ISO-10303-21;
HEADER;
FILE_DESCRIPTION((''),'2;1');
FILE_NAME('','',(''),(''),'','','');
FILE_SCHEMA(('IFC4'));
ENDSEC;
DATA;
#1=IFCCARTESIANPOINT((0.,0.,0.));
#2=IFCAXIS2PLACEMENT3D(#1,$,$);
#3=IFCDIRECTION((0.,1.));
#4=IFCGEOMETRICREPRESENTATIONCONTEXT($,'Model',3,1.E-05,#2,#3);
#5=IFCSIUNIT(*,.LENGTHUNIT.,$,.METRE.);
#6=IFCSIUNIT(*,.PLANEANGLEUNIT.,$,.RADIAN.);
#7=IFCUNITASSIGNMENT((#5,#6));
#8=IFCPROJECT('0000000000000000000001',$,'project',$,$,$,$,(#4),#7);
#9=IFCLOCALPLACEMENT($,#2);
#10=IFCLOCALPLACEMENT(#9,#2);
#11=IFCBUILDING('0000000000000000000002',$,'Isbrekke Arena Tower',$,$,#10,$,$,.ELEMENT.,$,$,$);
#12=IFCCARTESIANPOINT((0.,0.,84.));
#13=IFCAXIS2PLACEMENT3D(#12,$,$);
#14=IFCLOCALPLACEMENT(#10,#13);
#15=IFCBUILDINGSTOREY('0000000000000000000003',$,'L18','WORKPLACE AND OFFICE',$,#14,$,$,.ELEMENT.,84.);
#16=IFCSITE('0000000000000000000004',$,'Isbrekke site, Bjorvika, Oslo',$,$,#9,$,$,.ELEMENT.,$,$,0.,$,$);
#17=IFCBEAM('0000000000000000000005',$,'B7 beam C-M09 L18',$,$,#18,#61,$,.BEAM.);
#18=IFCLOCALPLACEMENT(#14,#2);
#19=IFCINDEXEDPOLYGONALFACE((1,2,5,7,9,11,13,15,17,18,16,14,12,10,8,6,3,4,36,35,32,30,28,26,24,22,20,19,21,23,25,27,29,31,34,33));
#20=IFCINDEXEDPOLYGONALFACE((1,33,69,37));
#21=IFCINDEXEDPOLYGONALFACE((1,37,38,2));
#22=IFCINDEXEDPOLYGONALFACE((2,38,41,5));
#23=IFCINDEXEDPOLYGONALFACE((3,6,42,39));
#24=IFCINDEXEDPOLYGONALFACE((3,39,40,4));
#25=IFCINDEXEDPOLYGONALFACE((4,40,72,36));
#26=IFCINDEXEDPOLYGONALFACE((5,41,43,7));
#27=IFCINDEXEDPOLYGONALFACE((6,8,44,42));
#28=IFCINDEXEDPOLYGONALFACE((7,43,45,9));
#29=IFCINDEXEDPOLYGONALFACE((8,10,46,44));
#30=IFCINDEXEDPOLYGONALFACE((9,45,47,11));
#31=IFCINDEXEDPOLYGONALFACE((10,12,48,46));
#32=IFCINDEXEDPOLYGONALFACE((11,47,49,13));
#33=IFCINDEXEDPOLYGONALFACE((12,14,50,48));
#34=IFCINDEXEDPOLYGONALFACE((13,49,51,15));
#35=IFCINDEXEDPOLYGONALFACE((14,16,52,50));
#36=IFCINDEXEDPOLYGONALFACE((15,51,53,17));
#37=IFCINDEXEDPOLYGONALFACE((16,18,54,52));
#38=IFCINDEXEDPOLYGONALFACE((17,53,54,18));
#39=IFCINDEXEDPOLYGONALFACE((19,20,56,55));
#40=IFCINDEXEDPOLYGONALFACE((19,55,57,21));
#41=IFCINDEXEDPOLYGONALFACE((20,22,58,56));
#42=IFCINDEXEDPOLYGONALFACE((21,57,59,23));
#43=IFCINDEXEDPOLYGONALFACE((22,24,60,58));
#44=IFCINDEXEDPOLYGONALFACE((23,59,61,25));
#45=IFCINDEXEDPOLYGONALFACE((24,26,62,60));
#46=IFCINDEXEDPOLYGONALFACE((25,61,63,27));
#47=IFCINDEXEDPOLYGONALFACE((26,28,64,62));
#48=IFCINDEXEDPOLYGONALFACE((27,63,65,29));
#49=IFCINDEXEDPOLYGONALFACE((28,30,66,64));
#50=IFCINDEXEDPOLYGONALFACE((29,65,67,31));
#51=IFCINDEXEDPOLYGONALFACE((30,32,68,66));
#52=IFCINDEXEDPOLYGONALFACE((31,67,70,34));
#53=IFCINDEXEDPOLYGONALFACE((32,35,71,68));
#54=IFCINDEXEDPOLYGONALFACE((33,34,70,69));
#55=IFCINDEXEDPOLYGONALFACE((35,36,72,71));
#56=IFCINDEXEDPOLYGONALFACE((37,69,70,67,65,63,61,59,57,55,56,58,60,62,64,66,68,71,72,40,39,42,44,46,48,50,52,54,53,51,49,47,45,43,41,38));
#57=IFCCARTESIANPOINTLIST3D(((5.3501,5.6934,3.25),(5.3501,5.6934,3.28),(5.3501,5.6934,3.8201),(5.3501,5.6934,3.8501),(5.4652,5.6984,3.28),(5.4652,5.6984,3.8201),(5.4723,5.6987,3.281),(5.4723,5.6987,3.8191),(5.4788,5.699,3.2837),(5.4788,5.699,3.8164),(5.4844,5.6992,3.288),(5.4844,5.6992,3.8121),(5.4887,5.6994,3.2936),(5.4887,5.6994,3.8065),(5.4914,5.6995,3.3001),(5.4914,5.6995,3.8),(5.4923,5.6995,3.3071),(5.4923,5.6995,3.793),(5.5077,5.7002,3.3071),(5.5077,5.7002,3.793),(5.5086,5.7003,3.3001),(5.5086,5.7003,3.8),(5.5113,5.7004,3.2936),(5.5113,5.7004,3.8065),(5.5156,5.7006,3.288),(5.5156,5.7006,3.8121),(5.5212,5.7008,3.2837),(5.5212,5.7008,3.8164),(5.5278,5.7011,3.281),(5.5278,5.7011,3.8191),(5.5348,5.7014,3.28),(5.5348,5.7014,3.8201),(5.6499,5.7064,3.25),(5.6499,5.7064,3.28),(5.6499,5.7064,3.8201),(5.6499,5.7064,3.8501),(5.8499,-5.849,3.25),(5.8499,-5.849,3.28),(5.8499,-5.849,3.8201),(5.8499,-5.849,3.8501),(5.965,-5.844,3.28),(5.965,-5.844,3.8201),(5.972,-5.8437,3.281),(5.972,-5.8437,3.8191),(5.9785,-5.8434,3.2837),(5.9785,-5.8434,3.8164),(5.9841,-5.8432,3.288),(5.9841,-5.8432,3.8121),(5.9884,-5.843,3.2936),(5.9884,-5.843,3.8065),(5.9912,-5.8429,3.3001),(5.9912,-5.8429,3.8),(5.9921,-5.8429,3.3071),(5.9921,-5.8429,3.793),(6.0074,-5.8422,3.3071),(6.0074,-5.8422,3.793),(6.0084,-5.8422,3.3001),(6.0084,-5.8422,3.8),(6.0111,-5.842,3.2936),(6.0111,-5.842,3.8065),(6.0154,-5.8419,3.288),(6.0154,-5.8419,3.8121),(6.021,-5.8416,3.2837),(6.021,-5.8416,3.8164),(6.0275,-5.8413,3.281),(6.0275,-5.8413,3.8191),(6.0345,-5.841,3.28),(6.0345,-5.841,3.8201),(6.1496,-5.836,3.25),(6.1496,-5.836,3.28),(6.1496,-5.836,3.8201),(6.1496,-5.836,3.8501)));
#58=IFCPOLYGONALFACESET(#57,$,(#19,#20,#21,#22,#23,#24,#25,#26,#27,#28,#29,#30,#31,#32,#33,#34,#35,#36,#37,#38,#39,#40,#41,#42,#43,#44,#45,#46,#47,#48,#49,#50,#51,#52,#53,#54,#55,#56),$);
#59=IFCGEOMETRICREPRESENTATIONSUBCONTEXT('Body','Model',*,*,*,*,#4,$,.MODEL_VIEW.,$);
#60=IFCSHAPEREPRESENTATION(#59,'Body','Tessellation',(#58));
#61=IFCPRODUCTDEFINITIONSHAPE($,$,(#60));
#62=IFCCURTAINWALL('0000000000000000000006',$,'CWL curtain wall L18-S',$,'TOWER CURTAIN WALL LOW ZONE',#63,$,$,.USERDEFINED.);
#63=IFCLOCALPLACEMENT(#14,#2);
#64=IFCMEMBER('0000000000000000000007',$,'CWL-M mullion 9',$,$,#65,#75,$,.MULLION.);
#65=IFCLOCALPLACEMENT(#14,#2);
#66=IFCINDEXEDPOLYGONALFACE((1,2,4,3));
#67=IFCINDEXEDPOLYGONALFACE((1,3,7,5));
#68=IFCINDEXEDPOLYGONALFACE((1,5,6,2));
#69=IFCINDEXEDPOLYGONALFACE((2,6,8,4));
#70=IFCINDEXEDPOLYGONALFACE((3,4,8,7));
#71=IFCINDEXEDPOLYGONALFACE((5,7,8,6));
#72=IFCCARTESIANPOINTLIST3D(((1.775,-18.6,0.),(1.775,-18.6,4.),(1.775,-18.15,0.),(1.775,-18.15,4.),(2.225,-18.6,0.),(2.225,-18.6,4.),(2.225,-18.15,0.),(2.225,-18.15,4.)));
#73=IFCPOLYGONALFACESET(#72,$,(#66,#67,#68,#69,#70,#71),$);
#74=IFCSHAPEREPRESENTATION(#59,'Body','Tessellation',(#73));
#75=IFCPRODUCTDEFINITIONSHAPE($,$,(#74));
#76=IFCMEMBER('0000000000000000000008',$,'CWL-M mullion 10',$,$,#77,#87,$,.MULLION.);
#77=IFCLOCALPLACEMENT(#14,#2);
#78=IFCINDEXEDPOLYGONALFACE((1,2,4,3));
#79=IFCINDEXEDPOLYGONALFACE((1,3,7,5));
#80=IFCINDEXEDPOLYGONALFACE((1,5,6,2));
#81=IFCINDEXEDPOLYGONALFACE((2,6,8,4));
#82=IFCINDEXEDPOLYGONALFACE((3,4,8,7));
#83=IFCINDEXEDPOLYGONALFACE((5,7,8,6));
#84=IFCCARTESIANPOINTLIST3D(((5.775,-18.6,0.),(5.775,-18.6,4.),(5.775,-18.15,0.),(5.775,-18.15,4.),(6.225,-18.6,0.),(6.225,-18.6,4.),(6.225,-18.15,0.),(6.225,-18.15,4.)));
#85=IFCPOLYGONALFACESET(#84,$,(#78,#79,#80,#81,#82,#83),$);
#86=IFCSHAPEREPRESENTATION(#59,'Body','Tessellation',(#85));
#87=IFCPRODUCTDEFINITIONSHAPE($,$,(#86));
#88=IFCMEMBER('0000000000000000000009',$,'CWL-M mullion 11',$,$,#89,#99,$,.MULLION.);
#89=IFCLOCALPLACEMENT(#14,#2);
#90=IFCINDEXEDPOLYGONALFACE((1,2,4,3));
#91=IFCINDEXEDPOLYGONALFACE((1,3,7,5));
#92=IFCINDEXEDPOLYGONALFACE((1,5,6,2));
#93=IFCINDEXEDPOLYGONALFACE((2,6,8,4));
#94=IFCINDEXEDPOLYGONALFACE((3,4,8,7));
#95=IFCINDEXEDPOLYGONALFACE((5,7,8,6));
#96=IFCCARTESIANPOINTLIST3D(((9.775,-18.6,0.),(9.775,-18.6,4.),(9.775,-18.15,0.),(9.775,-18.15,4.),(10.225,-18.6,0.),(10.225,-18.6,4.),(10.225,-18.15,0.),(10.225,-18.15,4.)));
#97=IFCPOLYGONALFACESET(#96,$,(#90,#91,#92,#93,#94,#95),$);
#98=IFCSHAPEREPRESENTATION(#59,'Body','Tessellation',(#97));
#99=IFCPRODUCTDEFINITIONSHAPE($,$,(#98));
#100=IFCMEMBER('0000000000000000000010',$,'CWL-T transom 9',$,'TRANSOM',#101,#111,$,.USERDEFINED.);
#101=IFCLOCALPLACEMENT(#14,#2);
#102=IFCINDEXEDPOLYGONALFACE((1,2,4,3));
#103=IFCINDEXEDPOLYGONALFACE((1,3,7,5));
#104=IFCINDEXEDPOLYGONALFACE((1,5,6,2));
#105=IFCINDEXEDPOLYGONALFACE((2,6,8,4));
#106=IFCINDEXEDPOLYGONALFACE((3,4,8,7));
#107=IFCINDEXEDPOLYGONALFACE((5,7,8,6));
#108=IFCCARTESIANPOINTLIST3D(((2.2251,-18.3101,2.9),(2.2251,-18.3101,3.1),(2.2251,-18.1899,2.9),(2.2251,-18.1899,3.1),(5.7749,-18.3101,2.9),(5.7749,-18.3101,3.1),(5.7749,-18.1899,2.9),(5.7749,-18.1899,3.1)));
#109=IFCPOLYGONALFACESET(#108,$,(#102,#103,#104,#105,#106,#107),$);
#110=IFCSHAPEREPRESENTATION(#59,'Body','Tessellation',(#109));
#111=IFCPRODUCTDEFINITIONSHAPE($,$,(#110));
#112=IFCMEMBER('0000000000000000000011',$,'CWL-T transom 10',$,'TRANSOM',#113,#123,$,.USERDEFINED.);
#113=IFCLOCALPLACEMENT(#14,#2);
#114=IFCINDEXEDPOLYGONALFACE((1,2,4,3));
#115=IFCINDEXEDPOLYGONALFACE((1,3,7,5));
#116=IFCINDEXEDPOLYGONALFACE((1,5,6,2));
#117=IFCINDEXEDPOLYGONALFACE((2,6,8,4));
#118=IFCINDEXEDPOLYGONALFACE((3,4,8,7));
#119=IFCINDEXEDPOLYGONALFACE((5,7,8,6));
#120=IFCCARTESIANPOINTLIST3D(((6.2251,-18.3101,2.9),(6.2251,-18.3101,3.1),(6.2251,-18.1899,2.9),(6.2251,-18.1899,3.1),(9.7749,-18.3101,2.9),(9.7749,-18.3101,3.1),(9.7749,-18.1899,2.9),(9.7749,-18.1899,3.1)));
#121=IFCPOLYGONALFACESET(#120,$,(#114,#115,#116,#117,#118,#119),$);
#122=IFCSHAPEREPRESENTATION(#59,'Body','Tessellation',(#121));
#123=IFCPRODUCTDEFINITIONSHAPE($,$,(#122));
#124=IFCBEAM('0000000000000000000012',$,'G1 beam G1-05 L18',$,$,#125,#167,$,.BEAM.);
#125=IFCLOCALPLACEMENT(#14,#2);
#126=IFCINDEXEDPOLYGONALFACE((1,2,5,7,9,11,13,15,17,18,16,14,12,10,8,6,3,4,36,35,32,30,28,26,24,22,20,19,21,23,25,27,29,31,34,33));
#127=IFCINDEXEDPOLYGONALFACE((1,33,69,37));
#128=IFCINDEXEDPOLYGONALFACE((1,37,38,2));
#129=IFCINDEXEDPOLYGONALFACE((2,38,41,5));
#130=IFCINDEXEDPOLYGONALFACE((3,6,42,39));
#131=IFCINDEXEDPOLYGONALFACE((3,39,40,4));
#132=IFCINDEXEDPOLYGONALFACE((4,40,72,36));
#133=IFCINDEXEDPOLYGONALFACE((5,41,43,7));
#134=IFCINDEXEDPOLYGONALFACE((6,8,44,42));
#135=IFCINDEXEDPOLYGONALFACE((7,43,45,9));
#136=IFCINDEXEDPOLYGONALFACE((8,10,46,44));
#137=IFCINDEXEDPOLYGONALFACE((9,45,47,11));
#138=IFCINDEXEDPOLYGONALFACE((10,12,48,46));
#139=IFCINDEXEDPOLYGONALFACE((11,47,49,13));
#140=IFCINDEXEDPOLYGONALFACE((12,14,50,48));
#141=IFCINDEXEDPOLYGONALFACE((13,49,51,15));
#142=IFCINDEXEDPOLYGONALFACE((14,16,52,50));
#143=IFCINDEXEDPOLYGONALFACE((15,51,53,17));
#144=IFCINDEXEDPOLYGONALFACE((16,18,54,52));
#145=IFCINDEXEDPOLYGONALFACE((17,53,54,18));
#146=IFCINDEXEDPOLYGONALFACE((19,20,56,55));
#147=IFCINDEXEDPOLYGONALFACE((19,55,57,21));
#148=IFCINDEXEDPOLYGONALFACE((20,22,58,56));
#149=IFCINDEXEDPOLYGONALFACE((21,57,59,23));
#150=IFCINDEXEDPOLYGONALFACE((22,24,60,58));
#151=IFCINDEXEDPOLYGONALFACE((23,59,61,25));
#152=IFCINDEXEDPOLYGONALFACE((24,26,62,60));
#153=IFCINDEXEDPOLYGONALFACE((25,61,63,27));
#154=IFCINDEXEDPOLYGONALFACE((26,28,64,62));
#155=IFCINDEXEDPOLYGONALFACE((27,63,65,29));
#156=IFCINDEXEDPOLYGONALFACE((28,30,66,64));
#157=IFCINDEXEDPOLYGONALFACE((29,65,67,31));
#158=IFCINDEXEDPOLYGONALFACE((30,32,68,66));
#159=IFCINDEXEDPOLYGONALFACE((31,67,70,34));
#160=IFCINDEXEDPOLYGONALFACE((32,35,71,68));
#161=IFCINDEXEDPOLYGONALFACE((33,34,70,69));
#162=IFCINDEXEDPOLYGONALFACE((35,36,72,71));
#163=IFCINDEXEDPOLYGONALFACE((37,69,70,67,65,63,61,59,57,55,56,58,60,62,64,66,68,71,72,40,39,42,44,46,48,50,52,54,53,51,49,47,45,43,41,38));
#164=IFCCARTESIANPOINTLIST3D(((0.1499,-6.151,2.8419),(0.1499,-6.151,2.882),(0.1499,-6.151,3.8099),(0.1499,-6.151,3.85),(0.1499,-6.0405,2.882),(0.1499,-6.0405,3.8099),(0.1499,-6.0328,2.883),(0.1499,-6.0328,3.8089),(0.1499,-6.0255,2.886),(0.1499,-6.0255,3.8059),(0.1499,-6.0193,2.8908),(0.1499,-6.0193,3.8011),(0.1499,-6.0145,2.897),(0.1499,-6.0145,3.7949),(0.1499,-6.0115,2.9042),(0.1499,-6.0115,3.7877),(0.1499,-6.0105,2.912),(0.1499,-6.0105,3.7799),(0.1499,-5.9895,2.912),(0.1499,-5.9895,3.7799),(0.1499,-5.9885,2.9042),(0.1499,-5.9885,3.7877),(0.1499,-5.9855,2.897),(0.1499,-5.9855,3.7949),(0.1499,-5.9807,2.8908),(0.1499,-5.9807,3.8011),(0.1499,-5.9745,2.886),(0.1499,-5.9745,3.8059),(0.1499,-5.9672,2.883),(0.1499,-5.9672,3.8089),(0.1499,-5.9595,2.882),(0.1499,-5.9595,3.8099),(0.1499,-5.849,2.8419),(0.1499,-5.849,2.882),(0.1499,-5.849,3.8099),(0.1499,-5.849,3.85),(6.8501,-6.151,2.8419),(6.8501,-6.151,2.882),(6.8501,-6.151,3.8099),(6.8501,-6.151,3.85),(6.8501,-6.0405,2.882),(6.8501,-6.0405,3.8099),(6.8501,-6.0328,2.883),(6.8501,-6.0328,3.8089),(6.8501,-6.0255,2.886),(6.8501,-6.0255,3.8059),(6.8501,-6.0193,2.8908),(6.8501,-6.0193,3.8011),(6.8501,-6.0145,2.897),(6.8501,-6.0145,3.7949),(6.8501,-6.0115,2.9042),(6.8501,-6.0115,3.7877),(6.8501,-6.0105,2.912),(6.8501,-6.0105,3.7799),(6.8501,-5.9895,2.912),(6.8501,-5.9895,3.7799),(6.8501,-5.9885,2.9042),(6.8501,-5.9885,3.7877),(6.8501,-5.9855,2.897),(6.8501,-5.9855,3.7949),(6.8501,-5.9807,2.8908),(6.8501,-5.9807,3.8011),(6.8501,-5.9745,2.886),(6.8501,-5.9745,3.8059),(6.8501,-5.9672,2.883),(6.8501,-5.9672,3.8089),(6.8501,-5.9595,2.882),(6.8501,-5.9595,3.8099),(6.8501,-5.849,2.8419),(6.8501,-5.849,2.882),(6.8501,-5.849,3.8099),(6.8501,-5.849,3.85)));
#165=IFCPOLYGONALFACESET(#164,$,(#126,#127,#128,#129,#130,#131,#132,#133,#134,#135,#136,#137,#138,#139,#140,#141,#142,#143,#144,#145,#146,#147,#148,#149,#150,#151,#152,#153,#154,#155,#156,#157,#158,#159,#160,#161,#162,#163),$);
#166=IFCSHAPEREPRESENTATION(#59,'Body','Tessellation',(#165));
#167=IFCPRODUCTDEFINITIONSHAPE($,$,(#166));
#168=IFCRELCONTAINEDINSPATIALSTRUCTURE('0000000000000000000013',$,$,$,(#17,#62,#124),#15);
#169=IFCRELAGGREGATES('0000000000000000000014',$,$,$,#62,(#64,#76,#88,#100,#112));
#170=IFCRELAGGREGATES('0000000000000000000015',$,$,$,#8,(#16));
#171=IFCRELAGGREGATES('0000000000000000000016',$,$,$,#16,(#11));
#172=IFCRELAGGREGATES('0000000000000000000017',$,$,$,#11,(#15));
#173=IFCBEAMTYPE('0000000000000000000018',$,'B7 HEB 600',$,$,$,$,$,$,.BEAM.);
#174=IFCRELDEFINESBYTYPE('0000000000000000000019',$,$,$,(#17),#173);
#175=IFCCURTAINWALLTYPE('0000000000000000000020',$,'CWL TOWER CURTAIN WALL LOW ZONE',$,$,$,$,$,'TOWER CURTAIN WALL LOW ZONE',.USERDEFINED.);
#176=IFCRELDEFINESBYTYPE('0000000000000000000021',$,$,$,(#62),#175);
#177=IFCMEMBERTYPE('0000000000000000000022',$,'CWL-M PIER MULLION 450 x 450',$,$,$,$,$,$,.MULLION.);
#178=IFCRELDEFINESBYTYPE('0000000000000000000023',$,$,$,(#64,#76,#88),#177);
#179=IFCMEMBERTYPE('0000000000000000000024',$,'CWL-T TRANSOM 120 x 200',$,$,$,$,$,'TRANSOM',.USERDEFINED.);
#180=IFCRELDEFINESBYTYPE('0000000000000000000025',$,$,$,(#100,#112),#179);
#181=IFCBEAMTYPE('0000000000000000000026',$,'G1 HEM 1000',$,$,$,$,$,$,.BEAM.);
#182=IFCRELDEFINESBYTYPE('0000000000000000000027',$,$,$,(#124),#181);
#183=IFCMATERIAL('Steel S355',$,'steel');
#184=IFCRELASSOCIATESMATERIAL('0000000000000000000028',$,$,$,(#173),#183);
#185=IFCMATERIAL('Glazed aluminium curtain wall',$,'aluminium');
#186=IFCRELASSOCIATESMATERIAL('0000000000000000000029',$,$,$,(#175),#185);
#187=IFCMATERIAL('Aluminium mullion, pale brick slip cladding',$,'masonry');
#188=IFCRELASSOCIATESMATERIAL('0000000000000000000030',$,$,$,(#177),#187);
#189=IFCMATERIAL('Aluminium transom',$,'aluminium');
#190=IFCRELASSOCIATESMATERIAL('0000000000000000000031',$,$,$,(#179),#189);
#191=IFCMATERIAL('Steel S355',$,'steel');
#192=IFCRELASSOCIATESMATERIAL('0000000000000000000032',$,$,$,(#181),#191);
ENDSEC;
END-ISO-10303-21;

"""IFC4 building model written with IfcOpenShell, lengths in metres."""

from ifc_helpers import new_model, si_unit, direction, frame, origin, origin_2d, place, context, subcontext, project, spatial, rectangle, i_section, extrude, material, material_profile, profile_set, type_object, element, aggregate, save


model = new_model("IFC4")

# Units and contexts
model_context = context("Model", 3, precision=1e-05, world=origin(), true_north=direction((0.0, 1.0)))
body_context = subcontext(model_context, "Body", "Model", "MODEL_VIEW")
ifc_project = project(units=[si_unit("LENGTHUNIT", "METRE"), si_unit("PLANEANGLEUNIT", "RADIAN")], contexts=[model_context])

# Site, building, storey
site_placement = place(None, origin())
site = spatial("IfcSite", under=ifc_project, at=site_placement, Name="Isbrekke site, Bjorvika, Oslo", CompositionType="ELEMENT", RefElevation=0.0)
building_placement = place(site_placement, origin())
building = spatial("IfcBuilding", under=site, at=building_placement, Name="Isbrekke Arena Tower", CompositionType="ELEMENT")
storey_placement = place(building_placement, frame((0.0, 0.0, 84.0)))
storey = spatial("IfcBuildingStorey", under=building, at=storey_placement, Name="L18", Description="WORKPLACE AND OFFICE", CompositionType="ELEMENT", Elevation=84.0)

# Beam
ifc_material_1 = material(Name="Steel S355", Category="steel")
ifc_material_profile_1 = material_profile(ifc_material_1, i_section(OverallWidth=0.3, OverallDepth=0.6001, WebThickness=0.0154, FlangeThickness=0.03, FilletRadius=0.0271, at=origin_2d()), Name="HEB 600")
ifc_profile_set_1 = profile_set([ifc_material_profile_1], Name="Steel S355")
beam_type_1 = type_object("IfcBeamType", Name="B7 HEB 600", PredefinedType="BEAM", material=ifc_profile_set_1)
beam_1_placement = place(storey_placement, frame((5.9998, -5.8425, 3.55), z_axis=(-0.043257, 0.999064, 0.0), x_axis=(-0.999064, -0.043257, 0.0)))
element("IfcBeam", 1, at=beam_1_placement, inside=storey, type_object=beam_type_1, Name="B7 beam C-M09 L18", PredefinedType="BEAM", context=body_context, shape_type="SweptSolid", body=[
    extrude(i_section(OverallWidth=0.3, OverallDepth=0.6001, WebThickness=0.0154, FlangeThickness=0.03, FilletRadius=0.0271, at=origin_2d()), origin(), (0.0, 0.0, 1.0), 11.5532),
])

# Curtain wall, members
ifc_material_2 = material(Name="Glazed aluminium curtain wall", Category="aluminium")
curtain_wall_type = type_object("IfcCurtainWallType", Name="CWL TOWER CURTAIN WALL LOW ZONE", ElementType="TOWER CURTAIN WALL LOW ZONE", PredefinedType="USERDEFINED", material=ifc_material_2)
curtain_wall_placement = place(storey_placement, origin())
curtain_wall = element("IfcCurtainWall", 2, at=curtain_wall_placement, inside=storey, type_object=curtain_wall_type, Name="CWL curtain wall L18-S", ObjectType="TOWER CURTAIN WALL LOW ZONE", PredefinedType="USERDEFINED")
ifc_material_3 = material(Name="Aluminium mullion, pale brick slip cladding", Category="masonry")
ifc_material_profile_2 = material_profile(ifc_material_3, rectangle(XDim=0.45, YDim=0.45, at=origin_2d()), Name="PIER 450X450")
ifc_profile_set_2 = profile_set([ifc_material_profile_2], Name="Aluminium mullion, pale brick slip cladding")
member_type_1 = type_object("IfcMemberType", Name="CWL-M PIER MULLION 450 x 450", PredefinedType="MULLION", material=ifc_profile_set_2)
member_1_placement = place(storey_placement, frame((2.0, -18.375, 0.0), z_axis=(0.0, 0.0, 1.0), x_axis=(1.0, 0.0, 0.0)))
member_1 = element("IfcMember", 3, at=member_1_placement, type_object=member_type_1, Name="CWL-M mullion 9", PredefinedType="MULLION", context=body_context, shape_type="SweptSolid", body=[
    extrude(rectangle(XDim=0.45, YDim=0.45, at=origin_2d()), origin(), (0.0, 0.0, 1.0), 4.0),
])
member_2_placement = place(storey_placement, frame((6.0, -18.375, 0.0), z_axis=(0.0, 0.0, 1.0), x_axis=(1.0, 0.0, 0.0)))
member_2 = element("IfcMember", 4, at=member_2_placement, type_object=member_type_1, Name="CWL-M mullion 10", PredefinedType="MULLION", context=body_context, shape_type="SweptSolid", body=[
    extrude(rectangle(XDim=0.45, YDim=0.45, at=origin_2d()), origin(), (0.0, 0.0, 1.0), 4.0),
])
member_3_placement = place(storey_placement, frame((10.0, -18.375, 0.0), z_axis=(0.0, 0.0, 1.0), x_axis=(1.0, 0.0, 0.0)))
member_3 = element("IfcMember", 5, at=member_3_placement, type_object=member_type_1, Name="CWL-M mullion 11", PredefinedType="MULLION", context=body_context, shape_type="SweptSolid", body=[
    extrude(rectangle(XDim=0.45, YDim=0.45, at=origin_2d()), origin(), (0.0, 0.0, 1.0), 4.0),
])
ifc_material_4 = material(Name="Aluminium transom", Category="aluminium")
ifc_material_profile_3 = material_profile(ifc_material_4, rectangle(XDim=0.1201, YDim=0.2, at=origin_2d()), Name="TRANSOM 120X200")
ifc_profile_set_3 = profile_set([ifc_material_profile_3], Name="Aluminium transom")
member_type_2 = type_object("IfcMemberType", Name="CWL-T TRANSOM 120 x 200", ElementType="TRANSOM", PredefinedType="USERDEFINED", material=ifc_profile_set_3)
member_4_placement = place(storey_placement, frame((2.2251, -18.25, 3.0), z_axis=(1.0, 0.0, 0.0), x_axis=(0.0, 1.0, 0.0)))
member_4 = element("IfcMember", 6, at=member_4_placement, type_object=member_type_2, Name="CWL-T transom 9", ObjectType="TRANSOM", PredefinedType="USERDEFINED", context=body_context, shape_type="SweptSolid", body=[
    extrude(rectangle(XDim=0.1201, YDim=0.2, at=origin_2d()), origin(), (0.0, 0.0, 1.0), 3.5498),
])
member_5_placement = place(storey_placement, frame((6.2251, -18.25, 3.0), z_axis=(1.0, 0.0, 0.0), x_axis=(0.0, 1.0, 0.0)))
member_5 = element("IfcMember", 7, at=member_5_placement, type_object=member_type_2, Name="CWL-T transom 10", ObjectType="TRANSOM", PredefinedType="USERDEFINED", context=body_context, shape_type="SweptSolid", body=[
    extrude(rectangle(XDim=0.1201, YDim=0.2, at=origin_2d()), origin(), (0.0, 0.0, 1.0), 3.5498),
])

# Beam
ifc_material_5 = material(Name="Steel S355", Category="steel")
ifc_material_profile_4 = material_profile(ifc_material_5, i_section(OverallWidth=0.302, OverallDepth=1.0081, WebThickness=0.021, FlangeThickness=0.04, FilletRadius=0.03, at=origin_2d()), Name="HEM 1000")
ifc_profile_set_4 = profile_set([ifc_material_profile_4], Name="Steel S355")
beam_type_2 = type_object("IfcBeamType", Name="G1 HEM 1000", PredefinedType="BEAM", material=ifc_profile_set_4)
for number, where, z_axis, x_axis, name in (
    (8, (0.1499, -6.0, 3.3459), (1.0, 0.0, 0.0), (0.0, 1.0, 0.0), "G1 beam G1-05 L18"),
):
    element("IfcBeam", number, at=place(storey_placement, frame(where, z_axis=z_axis, x_axis=x_axis)), inside=storey, type_object=beam_type_2, Name=name, PredefinedType="BEAM", context=body_context, shape_type="SweptSolid", body=[
        extrude(i_section(OverallWidth=0.302, OverallDepth=1.0081, WebThickness=0.021, FlangeThickness=0.04, FilletRadius=0.03, at=origin_2d()), origin(), (0.0, 0.0, 1.0), 6.7002),
    ])

aggregate(curtain_wall, [member_1, member_2, member_3, member_4, member_5])

save(model, "model.ifc")
